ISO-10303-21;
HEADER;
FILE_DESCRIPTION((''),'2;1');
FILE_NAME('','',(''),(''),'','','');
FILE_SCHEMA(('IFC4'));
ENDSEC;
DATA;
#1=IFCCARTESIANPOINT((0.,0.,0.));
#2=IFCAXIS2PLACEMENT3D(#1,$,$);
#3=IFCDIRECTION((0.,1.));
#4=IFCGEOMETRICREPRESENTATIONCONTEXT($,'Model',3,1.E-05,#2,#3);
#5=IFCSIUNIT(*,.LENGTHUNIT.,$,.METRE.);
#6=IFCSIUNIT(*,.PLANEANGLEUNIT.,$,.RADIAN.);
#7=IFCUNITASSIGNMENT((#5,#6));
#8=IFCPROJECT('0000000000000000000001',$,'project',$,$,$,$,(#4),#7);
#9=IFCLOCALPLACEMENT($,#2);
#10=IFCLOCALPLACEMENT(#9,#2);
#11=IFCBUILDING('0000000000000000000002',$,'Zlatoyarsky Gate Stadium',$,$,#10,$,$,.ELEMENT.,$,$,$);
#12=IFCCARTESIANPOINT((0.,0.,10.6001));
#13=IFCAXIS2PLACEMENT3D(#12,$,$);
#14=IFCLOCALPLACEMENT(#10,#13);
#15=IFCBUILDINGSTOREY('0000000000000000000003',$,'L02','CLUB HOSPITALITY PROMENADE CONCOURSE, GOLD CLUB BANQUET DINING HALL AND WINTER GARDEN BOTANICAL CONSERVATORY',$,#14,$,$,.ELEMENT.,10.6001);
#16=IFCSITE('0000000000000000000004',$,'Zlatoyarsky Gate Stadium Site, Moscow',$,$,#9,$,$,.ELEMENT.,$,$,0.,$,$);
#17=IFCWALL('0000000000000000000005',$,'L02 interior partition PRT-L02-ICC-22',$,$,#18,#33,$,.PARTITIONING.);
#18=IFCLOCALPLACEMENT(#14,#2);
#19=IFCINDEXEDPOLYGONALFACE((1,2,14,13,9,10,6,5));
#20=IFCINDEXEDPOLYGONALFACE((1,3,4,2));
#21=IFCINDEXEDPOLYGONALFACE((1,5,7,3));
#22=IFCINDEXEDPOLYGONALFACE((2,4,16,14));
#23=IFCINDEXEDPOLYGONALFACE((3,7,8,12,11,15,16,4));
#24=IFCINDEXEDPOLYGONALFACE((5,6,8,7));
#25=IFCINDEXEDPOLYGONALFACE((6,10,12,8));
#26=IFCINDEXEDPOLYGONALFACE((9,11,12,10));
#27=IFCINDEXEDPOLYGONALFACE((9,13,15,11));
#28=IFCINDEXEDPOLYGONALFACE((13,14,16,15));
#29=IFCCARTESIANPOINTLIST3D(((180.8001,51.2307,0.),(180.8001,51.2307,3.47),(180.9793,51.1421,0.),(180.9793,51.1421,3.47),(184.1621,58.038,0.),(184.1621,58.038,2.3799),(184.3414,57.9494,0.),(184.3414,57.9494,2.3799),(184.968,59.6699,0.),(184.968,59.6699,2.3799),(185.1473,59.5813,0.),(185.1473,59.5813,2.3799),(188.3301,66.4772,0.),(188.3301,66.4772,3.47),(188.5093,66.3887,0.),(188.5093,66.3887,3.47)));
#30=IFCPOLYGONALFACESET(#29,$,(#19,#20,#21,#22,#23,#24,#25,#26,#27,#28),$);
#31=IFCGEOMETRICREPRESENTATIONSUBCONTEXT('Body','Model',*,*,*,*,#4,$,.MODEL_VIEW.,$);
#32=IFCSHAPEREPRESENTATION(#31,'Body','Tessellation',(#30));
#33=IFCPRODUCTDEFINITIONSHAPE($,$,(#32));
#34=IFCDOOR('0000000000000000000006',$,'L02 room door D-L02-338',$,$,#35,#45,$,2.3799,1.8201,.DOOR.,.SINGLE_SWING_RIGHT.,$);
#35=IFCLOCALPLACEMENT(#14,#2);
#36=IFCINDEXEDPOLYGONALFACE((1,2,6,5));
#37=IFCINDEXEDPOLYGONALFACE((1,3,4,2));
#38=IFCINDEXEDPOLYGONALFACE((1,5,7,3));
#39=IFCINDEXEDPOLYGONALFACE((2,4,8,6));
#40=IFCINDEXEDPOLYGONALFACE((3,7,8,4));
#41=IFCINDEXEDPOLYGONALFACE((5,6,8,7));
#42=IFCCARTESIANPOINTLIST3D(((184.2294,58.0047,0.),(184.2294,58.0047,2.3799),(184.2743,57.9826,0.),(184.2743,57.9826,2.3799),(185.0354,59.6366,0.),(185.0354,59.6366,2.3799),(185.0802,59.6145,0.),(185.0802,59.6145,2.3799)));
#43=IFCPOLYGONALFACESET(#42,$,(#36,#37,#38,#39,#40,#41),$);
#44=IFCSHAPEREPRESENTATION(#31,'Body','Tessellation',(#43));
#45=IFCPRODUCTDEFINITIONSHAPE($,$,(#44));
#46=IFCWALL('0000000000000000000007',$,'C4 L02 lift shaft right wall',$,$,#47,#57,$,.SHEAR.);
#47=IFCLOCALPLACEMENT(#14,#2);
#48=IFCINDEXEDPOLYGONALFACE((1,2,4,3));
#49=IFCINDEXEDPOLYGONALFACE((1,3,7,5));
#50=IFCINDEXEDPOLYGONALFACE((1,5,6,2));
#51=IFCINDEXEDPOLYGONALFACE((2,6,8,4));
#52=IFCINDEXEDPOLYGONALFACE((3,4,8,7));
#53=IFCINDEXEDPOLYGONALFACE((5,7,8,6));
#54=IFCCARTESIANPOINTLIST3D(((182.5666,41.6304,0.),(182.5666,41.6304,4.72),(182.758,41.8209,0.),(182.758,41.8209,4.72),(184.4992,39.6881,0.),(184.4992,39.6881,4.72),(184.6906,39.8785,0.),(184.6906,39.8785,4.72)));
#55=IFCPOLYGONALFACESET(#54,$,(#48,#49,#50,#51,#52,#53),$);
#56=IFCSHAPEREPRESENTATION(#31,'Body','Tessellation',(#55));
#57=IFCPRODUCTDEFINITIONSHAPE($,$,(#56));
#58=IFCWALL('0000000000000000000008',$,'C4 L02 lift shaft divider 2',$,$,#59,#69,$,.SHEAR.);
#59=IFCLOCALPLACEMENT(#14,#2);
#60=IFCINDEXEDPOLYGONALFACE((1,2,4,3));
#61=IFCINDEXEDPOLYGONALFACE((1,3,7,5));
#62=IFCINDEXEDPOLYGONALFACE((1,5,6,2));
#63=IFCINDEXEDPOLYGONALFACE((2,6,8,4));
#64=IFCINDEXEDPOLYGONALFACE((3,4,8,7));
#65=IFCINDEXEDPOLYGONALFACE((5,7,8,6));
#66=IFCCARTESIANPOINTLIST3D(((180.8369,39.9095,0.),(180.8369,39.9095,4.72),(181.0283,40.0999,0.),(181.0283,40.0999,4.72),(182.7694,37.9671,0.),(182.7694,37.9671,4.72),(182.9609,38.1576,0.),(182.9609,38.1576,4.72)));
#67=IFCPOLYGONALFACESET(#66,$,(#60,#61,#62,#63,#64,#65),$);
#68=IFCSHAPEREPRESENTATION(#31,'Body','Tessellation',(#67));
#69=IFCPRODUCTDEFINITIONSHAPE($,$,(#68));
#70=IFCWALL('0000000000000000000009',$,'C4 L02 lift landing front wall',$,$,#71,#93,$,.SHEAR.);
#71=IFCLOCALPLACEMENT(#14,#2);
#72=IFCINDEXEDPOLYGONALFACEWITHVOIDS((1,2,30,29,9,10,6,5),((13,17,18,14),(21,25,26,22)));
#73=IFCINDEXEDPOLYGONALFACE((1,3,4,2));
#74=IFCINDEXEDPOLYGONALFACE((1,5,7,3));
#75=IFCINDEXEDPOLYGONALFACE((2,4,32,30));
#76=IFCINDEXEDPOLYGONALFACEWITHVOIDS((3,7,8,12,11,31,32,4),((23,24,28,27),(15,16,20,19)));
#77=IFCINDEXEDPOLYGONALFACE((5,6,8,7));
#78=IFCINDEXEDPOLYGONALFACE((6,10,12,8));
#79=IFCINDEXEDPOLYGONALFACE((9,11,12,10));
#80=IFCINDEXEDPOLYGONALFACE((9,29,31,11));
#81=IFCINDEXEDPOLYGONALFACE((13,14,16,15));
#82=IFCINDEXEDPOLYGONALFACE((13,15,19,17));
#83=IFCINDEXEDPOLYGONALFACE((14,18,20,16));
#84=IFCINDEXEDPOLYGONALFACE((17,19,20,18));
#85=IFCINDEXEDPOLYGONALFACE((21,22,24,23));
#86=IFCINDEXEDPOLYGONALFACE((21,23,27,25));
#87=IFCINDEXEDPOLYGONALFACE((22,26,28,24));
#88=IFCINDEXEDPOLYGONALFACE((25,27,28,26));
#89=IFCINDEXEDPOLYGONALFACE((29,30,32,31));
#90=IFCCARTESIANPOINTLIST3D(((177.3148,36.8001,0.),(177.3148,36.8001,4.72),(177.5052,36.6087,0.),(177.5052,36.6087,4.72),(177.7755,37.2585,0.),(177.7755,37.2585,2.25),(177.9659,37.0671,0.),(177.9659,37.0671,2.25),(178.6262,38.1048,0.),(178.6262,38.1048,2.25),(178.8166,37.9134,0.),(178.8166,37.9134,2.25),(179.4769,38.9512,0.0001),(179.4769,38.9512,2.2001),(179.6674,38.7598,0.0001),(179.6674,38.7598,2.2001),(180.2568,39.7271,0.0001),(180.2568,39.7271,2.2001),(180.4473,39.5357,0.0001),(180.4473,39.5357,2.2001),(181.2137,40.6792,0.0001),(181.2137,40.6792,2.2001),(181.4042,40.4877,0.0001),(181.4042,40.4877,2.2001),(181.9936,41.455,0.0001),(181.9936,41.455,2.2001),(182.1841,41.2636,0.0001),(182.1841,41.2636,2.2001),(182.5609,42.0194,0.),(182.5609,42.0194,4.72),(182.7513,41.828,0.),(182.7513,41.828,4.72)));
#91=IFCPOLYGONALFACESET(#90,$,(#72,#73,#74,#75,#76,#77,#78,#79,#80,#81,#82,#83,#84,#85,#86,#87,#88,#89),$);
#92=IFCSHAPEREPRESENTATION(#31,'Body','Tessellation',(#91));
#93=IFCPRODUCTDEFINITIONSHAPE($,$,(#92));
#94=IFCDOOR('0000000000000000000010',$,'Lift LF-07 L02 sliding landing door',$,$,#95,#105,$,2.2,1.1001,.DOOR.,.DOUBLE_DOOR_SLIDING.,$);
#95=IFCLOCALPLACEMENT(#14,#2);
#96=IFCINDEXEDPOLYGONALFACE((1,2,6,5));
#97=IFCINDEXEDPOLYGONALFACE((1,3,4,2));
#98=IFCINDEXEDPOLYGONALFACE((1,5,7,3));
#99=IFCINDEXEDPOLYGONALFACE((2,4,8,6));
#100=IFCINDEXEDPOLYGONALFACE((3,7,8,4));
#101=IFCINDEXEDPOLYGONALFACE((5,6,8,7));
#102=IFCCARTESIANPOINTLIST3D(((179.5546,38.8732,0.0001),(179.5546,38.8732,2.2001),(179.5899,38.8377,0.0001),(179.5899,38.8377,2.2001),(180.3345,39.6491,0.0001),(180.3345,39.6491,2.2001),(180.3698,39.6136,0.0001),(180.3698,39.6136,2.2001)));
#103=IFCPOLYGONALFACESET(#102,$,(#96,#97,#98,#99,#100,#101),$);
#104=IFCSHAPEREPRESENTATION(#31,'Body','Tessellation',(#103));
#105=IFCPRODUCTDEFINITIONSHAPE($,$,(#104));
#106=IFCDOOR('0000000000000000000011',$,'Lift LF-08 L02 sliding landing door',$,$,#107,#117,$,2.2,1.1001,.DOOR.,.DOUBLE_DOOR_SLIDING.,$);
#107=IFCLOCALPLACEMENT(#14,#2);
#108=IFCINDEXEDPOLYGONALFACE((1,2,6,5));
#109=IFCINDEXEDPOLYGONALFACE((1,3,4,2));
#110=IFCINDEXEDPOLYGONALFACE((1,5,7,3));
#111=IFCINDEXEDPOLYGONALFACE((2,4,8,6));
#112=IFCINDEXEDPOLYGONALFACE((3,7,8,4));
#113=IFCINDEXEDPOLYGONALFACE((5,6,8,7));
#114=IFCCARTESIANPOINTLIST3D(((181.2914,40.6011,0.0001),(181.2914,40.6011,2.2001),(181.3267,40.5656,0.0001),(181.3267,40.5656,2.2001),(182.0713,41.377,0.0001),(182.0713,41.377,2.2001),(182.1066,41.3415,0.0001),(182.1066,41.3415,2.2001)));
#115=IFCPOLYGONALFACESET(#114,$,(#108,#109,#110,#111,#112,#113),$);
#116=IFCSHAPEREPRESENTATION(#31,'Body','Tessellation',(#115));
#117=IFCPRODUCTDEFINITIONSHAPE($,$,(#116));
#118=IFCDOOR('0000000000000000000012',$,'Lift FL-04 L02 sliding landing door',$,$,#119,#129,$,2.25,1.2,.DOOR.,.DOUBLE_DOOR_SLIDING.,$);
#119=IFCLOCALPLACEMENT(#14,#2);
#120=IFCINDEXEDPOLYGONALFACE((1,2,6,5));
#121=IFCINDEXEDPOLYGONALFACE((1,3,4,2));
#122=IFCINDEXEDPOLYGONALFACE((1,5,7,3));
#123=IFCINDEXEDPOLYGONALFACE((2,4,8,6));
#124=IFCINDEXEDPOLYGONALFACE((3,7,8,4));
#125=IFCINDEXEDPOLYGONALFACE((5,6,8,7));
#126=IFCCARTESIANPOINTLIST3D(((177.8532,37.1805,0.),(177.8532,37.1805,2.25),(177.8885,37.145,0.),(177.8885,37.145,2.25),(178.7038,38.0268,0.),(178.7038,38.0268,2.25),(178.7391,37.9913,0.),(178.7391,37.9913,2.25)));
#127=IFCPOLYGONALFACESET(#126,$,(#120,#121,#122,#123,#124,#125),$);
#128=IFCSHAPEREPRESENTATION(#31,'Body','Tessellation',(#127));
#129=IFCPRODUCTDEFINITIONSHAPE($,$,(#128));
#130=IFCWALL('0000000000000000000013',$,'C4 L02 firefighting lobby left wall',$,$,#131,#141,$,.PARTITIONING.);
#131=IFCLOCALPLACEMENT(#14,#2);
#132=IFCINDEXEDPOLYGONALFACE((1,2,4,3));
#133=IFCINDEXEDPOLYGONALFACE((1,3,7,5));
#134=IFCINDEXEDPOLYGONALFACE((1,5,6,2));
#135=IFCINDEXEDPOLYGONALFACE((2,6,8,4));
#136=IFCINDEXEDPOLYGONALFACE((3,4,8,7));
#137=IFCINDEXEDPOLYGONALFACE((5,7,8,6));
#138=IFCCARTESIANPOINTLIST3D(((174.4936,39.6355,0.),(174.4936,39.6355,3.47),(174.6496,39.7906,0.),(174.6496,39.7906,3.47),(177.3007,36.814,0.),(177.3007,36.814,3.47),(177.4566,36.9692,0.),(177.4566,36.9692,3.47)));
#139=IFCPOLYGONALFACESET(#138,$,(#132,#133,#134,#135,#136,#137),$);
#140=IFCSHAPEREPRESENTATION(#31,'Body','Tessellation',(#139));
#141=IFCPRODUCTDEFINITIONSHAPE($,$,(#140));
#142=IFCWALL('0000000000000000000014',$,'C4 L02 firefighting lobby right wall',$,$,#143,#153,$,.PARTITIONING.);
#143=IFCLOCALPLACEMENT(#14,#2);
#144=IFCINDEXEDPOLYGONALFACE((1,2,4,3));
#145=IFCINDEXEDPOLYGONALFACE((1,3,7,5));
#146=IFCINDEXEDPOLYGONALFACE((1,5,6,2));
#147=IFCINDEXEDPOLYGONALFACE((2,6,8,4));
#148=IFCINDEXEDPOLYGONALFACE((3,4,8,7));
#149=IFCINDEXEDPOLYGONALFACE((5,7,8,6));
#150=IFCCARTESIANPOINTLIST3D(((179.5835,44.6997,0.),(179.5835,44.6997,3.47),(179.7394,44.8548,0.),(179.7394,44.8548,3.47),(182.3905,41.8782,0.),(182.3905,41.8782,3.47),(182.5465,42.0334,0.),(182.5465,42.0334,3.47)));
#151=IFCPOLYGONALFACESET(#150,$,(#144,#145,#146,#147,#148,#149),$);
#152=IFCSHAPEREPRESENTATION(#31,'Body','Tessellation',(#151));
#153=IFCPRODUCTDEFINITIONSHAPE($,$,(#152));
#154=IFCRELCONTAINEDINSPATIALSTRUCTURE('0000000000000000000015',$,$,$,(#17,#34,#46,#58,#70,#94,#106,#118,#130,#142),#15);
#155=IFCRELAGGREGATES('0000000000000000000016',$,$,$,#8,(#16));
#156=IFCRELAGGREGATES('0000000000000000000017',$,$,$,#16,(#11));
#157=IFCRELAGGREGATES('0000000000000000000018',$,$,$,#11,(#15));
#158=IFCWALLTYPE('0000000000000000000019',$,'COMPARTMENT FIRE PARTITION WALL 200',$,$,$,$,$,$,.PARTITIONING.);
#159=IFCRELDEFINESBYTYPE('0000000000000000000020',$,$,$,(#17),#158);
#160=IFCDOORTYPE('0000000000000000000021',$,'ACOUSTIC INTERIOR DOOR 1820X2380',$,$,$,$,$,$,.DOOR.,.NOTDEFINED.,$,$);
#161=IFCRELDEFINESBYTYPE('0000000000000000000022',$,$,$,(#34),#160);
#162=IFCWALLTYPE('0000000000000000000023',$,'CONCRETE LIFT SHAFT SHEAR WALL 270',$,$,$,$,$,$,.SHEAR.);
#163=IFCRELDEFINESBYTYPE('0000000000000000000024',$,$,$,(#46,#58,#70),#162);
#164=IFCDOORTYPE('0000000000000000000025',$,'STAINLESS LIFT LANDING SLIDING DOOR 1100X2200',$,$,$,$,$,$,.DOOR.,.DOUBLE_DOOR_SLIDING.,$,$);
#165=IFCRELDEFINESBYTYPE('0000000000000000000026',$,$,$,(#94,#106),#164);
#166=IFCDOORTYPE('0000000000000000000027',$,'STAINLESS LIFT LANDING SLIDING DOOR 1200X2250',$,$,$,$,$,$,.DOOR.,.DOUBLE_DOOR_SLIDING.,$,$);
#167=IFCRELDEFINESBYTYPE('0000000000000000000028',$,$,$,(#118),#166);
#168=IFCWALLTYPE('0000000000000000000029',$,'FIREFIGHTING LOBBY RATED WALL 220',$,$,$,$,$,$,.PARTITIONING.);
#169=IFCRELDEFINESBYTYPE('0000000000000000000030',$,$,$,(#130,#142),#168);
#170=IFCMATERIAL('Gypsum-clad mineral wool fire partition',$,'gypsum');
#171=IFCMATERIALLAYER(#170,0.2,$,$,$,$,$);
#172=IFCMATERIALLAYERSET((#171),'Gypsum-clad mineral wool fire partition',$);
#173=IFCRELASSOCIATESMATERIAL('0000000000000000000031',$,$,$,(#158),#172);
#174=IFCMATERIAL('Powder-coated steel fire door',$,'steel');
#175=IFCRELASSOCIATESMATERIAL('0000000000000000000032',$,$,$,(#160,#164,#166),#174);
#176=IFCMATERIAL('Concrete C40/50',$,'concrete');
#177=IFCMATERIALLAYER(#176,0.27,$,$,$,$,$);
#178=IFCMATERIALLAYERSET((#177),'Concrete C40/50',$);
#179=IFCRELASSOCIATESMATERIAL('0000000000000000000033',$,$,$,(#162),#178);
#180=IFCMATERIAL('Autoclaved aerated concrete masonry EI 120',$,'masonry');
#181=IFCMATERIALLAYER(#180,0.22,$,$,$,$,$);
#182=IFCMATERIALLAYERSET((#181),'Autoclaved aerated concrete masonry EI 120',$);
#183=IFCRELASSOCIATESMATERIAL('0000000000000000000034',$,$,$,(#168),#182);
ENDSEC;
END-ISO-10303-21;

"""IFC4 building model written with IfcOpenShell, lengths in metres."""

from ifc_helpers import new_model, si_unit, direction, frame, frame_2d, origin, place, context, subcontext, project, spatial, rectangle, extrude, material, layer, layer_set, type_object, element, fill, save


model = new_model("IFC4")

# Units and contexts
model_context = context("Model", 3, precision=1e-05, world=origin(), true_north=direction((0.0, 1.0)))
body_context = subcontext(model_context, "Body", "Model", "MODEL_VIEW")
ifc_project = project(units=[si_unit("LENGTHUNIT", "METRE"), si_unit("PLANEANGLEUNIT", "RADIAN")], contexts=[model_context])

# Site, building, storey
site_placement = place(None, origin())
site = spatial("IfcSite", under=ifc_project, at=site_placement, Name="Zlatoyarsky Gate Stadium Site, Moscow", CompositionType="ELEMENT", RefElevation=0.0)
building_placement = place(site_placement, origin())
building = spatial("IfcBuilding", under=site, at=building_placement, Name="Zlatoyarsky Gate Stadium", CompositionType="ELEMENT")
storey_placement = place(building_placement, frame((0.0, 0.0, 10.6001)))
storey = spatial("IfcBuildingStorey", under=building, at=storey_placement, Name="L02", Description="CLUB HOSPITALITY PROMENADE CONCOURSE, GOLD CLUB BANQUET DINING HALL AND WINTER GARDEN BOTANICAL CONSERVATORY", CompositionType="ELEMENT", Elevation=10.6001)

# Shared definitions
ifc_material_1 = material(Name="Concrete C40/50", Category="concrete")

# Wall, opening, door
ifc_material_2 = material(Name="Powder-coated steel fire door", Category="steel")
ifc_material_3 = material(Name="Gypsum-clad mineral wool fire partition", Category="gypsum")
ifc_layer_1 = layer(ifc_material_3, 0.2)
ifc_layer_set_1 = layer_set([ifc_layer_1], Name="Gypsum-clad mineral wool fire partition")
wall_type_1 = type_object("IfcWallType", Name="COMPARTMENT FIRE PARTITION WALL 200", PredefinedType="PARTITIONING", material=ifc_layer_set_1)
wall_1_placement = place(storey_placement, frame((180.8896, 51.1863, 0.0), z_axis=(0.0, 0.0, 1.0), x_axis=(0.442821, 0.89661, 0.0)))
wall_1 = element("IfcWall", 1, at=wall_1_placement, inside=storey, type_object=wall_type_1, Name="L02 interior partition PRT-L02-ICC-22", PredefinedType="PARTITIONING", context=body_context, shape_type="SweptSolid", body=[
    extrude(rectangle(XDim=17.0046, YDim=0.2, at=frame_2d((8.5024, 0.0))), origin(), (0.0, 0.0, 1.0), 3.47),
])
opening_1_placement = place(wall_1_placement, frame((7.5923, 0.0, 0.0)))
opening_1 = element("IfcOpeningElement", 2, at=opening_1_placement, cuts=wall_1, PredefinedType="OPENING", context=body_context, shape_type="SweptSolid", body=[
    extrude(rectangle(XDim=1.8201, YDim=2.3799, at=frame_2d((0.9102, 1.1899))), frame((0.0, 0.1099, 0.0), z_axis=(0.0, -1.0, 0.0), x_axis=(1.0, 0.0, 0.0)), (0.0, 0.0, 1.0), 0.22),
])
door_type_1 = type_object("IfcDoorType", Name="ACOUSTIC INTERIOR DOOR 1820X2380", OperationType="NOTDEFINED", PredefinedType="DOOR", material=ifc_material_2)
door_1_placement = place(opening_1_placement, origin())
door_1 = element("IfcDoor", 3, at=door_1_placement, inside=storey, type_object=door_type_1, Name="L02 room door D-L02-338", OperationType="SINGLE_SWING_RIGHT", OverallHeight=2.3799, OverallWidth=1.8201, PredefinedType="DOOR", context=body_context, shape_type="SweptSolid", body=[
    extrude(rectangle(XDim=1.8201, YDim=2.3799, at=frame_2d((0.9102, 1.1899))), frame((0.0, 0.0249, 0.0), z_axis=(0.0, -1.0, 0.0), x_axis=(1.0, 0.0, 0.0)), (0.0, 0.0, 1.0), 0.05),
])
fill(opening_1, door_1)

# Walls
ifc_layer_2 = layer(ifc_material_1, 0.27)
ifc_layer_set_2 = layer_set([ifc_layer_2], Name="Concrete C40/50")
wall_type_2 = type_object("IfcWallType", Name="CONCRETE LIFT SHAFT SHEAR WALL 270", PredefinedType="SHEAR", material=ifc_layer_set_2)
for number, where, z_axis, x_axis, name in (
    (4, (184.595, 39.7832, 0.0), (0.0, 0.0, 1.0), (-0.705323, 0.708887, 0.0), "C4 L02 lift shaft right wall"),
    (5, (182.8652, 38.0623, 0.0), (0.0, 0.0, 1.0), (-0.705323, 0.708887, 0.0), "C4 L02 lift shaft divider 2"),
):
    element("IfcWall", number, at=place(storey_placement, frame(where, z_axis=z_axis, x_axis=x_axis)), inside=storey, type_object=wall_type_2, Name=name, PredefinedType="SHEAR", context=body_context, shape_type="SweptSolid", body=[
        extrude(rectangle(XDim=2.74, YDim=0.27, at=frame_2d((1.3701, 0.0))), origin(), (0.0, 0.0, 1.0), 4.72),
    ])

# Wall, openings, doors
wall_2_placement = place(storey_placement, frame((177.4099, 36.7043, 0.0), z_axis=(0.0, 0.0, 1.0), x_axis=(0.708919, 0.70529, 0.0)))
wall_2 = element("IfcWall", 6, at=wall_2_placement, inside=storey, type_object=wall_type_2, Name="C4 L02 lift landing front wall", PredefinedType="SHEAR", context=body_context, shape_type="SweptSolid", body=[
    extrude(rectangle(XDim=7.4001, YDim=0.27, at=frame_2d((3.7002, 0.0))), origin(), (0.0, 0.0, 1.0), 4.72),
])
opening_2_placement = place(wall_2_placement, frame((0.6499, 0.0, 0.0)))
opening_2 = element("IfcOpeningElement", 7, at=opening_2_placement, cuts=wall_2, PredefinedType="OPENING", context=body_context, shape_type="SweptSolid", body=[
    extrude(rectangle(XDim=1.2, YDim=2.25, at=frame_2d((0.6001, 1.125))), frame((0.0, 0.145, 0.0), z_axis=(0.0, -1.0, 0.0), x_axis=(1.0, 0.0, 0.0)), (0.0, 0.0, 1.0), 0.29),
])
opening_3_placement = place(wall_2_placement, frame((3.05, 0.0, 0.0)))
opening_3 = element("IfcOpeningElement", 8, at=opening_3_placement, cuts=wall_2, PredefinedType="OPENING", context=body_context, shape_type="SweptSolid", body=[
    extrude(rectangle(XDim=1.1001, YDim=2.2, at=frame_2d((0.55, 1.1001))), frame((0.0, 0.145, 0.0), z_axis=(0.0, -1.0, 0.0), x_axis=(1.0, 0.0, 0.0)), (0.0, 0.0, 1.0), 0.29),
])
opening_4_placement = place(wall_2_placement, frame((5.5, 0.0, 0.0)))
opening_4 = element("IfcOpeningElement", 9, at=opening_4_placement, cuts=wall_2, PredefinedType="OPENING", context=body_context, shape_type="SweptSolid", body=[
    extrude(rectangle(XDim=1.1001, YDim=2.2, at=frame_2d((0.55, 1.1001))), frame((0.0, 0.145, 0.0), z_axis=(0.0, -1.0, 0.0), x_axis=(1.0, 0.0, 0.0)), (0.0, 0.0, 1.0), 0.29),
])
door_type_2 = type_object("IfcDoorType", Name="STAINLESS LIFT LANDING SLIDING DOOR 1100X2200", OperationType="DOUBLE_DOOR_SLIDING", PredefinedType="DOOR", material=ifc_material_2)
door_2_placement = place(opening_3_placement, origin())
door_2 = element("IfcDoor", 10, at=door_2_placement, inside=storey, type_object=door_type_2, Name="Lift LF-07 L02 sliding landing door", OperationType="DOUBLE_DOOR_SLIDING", OverallHeight=2.2, OverallWidth=1.1001, PredefinedType="DOOR", context=body_context, shape_type="SweptSolid", body=[
    extrude(rectangle(XDim=1.1001, YDim=2.2, at=frame_2d((0.55, 1.1001))), frame((0.0, 0.0249, 0.0), z_axis=(0.0, -1.0, 0.0), x_axis=(1.0, 0.0, 0.0)), (0.0, 0.0, 1.0), 0.05),
])
fill(opening_3, door_2)
door_3_placement = place(opening_4_placement, origin())
door_3 = element("IfcDoor", 11, at=door_3_placement, inside=storey, type_object=door_type_2, Name="Lift LF-08 L02 sliding landing door", OperationType="DOUBLE_DOOR_SLIDING", OverallHeight=2.2, OverallWidth=1.1001, PredefinedType="DOOR", context=body_context, shape_type="SweptSolid", body=[
    extrude(rectangle(XDim=1.1001, YDim=2.2, at=frame_2d((0.55, 1.1001))), frame((0.0, 0.0249, 0.0), z_axis=(0.0, -1.0, 0.0), x_axis=(1.0, 0.0, 0.0)), (0.0, 0.0, 1.0), 0.05),
])
fill(opening_4, door_3)
door_type_3 = type_object("IfcDoorType", Name="STAINLESS LIFT LANDING SLIDING DOOR 1200X2250", OperationType="DOUBLE_DOOR_SLIDING", PredefinedType="DOOR", material=ifc_material_2)
door_4_placement = place(opening_2_placement, origin())
door_4 = element("IfcDoor", 12, at=door_4_placement, inside=storey, type_object=door_type_3, Name="Lift FL-04 L02 sliding landing door", OperationType="DOUBLE_DOOR_SLIDING", OverallHeight=2.25, OverallWidth=1.2, PredefinedType="DOOR", context=body_context, shape_type="SweptSolid", body=[
    extrude(rectangle(XDim=1.2, YDim=2.25, at=frame_2d((0.6001, 1.125))), frame((0.0, 0.0249, 0.0), z_axis=(0.0, -1.0, 0.0), x_axis=(1.0, 0.0, 0.0)), (0.0, 0.0, 1.0), 0.05),
])
fill(opening_2, door_4)

# Walls
ifc_material_4 = material(Name="Autoclaved aerated concrete masonry EI 120", Category="masonry")
ifc_layer_3 = layer(ifc_material_4, 0.22)
ifc_layer_set_3 = layer_set([ifc_layer_3], Name="Autoclaved aerated concrete masonry EI 120")
wall_type_3 = type_object("IfcWallType", Name="FIREFIGHTING LOBBY RATED WALL 220", PredefinedType="PARTITIONING", material=ifc_layer_set_3)
for number, where, z_axis, x_axis, name in (
    (13, (177.3787, 36.8916, 0.0), (0.0, 0.0, 1.0), (-0.705295, 0.708914, 0.0), "C4 L02 firefighting lobby left wall"),
    (14, (182.4685, 41.9558, 0.0), (0.0, 0.0, 1.0), (-0.705295, 0.708914, 0.0), "C4 L02 firefighting lobby right wall"),
):
    element("IfcWall", number, at=place(storey_placement, frame(where, z_axis=z_axis, x_axis=x_axis)), inside=storey, type_object=wall_type_3, Name=name, PredefinedType="PARTITIONING", context=body_context, shape_type="SweptSolid", body=[
        extrude(rectangle(XDim=3.98, YDim=0.22, at=frame_2d((1.99, 0.0))), origin(), (0.0, 0.0, 1.0), 3.47),
    ])

save(model, "model.ifc")
